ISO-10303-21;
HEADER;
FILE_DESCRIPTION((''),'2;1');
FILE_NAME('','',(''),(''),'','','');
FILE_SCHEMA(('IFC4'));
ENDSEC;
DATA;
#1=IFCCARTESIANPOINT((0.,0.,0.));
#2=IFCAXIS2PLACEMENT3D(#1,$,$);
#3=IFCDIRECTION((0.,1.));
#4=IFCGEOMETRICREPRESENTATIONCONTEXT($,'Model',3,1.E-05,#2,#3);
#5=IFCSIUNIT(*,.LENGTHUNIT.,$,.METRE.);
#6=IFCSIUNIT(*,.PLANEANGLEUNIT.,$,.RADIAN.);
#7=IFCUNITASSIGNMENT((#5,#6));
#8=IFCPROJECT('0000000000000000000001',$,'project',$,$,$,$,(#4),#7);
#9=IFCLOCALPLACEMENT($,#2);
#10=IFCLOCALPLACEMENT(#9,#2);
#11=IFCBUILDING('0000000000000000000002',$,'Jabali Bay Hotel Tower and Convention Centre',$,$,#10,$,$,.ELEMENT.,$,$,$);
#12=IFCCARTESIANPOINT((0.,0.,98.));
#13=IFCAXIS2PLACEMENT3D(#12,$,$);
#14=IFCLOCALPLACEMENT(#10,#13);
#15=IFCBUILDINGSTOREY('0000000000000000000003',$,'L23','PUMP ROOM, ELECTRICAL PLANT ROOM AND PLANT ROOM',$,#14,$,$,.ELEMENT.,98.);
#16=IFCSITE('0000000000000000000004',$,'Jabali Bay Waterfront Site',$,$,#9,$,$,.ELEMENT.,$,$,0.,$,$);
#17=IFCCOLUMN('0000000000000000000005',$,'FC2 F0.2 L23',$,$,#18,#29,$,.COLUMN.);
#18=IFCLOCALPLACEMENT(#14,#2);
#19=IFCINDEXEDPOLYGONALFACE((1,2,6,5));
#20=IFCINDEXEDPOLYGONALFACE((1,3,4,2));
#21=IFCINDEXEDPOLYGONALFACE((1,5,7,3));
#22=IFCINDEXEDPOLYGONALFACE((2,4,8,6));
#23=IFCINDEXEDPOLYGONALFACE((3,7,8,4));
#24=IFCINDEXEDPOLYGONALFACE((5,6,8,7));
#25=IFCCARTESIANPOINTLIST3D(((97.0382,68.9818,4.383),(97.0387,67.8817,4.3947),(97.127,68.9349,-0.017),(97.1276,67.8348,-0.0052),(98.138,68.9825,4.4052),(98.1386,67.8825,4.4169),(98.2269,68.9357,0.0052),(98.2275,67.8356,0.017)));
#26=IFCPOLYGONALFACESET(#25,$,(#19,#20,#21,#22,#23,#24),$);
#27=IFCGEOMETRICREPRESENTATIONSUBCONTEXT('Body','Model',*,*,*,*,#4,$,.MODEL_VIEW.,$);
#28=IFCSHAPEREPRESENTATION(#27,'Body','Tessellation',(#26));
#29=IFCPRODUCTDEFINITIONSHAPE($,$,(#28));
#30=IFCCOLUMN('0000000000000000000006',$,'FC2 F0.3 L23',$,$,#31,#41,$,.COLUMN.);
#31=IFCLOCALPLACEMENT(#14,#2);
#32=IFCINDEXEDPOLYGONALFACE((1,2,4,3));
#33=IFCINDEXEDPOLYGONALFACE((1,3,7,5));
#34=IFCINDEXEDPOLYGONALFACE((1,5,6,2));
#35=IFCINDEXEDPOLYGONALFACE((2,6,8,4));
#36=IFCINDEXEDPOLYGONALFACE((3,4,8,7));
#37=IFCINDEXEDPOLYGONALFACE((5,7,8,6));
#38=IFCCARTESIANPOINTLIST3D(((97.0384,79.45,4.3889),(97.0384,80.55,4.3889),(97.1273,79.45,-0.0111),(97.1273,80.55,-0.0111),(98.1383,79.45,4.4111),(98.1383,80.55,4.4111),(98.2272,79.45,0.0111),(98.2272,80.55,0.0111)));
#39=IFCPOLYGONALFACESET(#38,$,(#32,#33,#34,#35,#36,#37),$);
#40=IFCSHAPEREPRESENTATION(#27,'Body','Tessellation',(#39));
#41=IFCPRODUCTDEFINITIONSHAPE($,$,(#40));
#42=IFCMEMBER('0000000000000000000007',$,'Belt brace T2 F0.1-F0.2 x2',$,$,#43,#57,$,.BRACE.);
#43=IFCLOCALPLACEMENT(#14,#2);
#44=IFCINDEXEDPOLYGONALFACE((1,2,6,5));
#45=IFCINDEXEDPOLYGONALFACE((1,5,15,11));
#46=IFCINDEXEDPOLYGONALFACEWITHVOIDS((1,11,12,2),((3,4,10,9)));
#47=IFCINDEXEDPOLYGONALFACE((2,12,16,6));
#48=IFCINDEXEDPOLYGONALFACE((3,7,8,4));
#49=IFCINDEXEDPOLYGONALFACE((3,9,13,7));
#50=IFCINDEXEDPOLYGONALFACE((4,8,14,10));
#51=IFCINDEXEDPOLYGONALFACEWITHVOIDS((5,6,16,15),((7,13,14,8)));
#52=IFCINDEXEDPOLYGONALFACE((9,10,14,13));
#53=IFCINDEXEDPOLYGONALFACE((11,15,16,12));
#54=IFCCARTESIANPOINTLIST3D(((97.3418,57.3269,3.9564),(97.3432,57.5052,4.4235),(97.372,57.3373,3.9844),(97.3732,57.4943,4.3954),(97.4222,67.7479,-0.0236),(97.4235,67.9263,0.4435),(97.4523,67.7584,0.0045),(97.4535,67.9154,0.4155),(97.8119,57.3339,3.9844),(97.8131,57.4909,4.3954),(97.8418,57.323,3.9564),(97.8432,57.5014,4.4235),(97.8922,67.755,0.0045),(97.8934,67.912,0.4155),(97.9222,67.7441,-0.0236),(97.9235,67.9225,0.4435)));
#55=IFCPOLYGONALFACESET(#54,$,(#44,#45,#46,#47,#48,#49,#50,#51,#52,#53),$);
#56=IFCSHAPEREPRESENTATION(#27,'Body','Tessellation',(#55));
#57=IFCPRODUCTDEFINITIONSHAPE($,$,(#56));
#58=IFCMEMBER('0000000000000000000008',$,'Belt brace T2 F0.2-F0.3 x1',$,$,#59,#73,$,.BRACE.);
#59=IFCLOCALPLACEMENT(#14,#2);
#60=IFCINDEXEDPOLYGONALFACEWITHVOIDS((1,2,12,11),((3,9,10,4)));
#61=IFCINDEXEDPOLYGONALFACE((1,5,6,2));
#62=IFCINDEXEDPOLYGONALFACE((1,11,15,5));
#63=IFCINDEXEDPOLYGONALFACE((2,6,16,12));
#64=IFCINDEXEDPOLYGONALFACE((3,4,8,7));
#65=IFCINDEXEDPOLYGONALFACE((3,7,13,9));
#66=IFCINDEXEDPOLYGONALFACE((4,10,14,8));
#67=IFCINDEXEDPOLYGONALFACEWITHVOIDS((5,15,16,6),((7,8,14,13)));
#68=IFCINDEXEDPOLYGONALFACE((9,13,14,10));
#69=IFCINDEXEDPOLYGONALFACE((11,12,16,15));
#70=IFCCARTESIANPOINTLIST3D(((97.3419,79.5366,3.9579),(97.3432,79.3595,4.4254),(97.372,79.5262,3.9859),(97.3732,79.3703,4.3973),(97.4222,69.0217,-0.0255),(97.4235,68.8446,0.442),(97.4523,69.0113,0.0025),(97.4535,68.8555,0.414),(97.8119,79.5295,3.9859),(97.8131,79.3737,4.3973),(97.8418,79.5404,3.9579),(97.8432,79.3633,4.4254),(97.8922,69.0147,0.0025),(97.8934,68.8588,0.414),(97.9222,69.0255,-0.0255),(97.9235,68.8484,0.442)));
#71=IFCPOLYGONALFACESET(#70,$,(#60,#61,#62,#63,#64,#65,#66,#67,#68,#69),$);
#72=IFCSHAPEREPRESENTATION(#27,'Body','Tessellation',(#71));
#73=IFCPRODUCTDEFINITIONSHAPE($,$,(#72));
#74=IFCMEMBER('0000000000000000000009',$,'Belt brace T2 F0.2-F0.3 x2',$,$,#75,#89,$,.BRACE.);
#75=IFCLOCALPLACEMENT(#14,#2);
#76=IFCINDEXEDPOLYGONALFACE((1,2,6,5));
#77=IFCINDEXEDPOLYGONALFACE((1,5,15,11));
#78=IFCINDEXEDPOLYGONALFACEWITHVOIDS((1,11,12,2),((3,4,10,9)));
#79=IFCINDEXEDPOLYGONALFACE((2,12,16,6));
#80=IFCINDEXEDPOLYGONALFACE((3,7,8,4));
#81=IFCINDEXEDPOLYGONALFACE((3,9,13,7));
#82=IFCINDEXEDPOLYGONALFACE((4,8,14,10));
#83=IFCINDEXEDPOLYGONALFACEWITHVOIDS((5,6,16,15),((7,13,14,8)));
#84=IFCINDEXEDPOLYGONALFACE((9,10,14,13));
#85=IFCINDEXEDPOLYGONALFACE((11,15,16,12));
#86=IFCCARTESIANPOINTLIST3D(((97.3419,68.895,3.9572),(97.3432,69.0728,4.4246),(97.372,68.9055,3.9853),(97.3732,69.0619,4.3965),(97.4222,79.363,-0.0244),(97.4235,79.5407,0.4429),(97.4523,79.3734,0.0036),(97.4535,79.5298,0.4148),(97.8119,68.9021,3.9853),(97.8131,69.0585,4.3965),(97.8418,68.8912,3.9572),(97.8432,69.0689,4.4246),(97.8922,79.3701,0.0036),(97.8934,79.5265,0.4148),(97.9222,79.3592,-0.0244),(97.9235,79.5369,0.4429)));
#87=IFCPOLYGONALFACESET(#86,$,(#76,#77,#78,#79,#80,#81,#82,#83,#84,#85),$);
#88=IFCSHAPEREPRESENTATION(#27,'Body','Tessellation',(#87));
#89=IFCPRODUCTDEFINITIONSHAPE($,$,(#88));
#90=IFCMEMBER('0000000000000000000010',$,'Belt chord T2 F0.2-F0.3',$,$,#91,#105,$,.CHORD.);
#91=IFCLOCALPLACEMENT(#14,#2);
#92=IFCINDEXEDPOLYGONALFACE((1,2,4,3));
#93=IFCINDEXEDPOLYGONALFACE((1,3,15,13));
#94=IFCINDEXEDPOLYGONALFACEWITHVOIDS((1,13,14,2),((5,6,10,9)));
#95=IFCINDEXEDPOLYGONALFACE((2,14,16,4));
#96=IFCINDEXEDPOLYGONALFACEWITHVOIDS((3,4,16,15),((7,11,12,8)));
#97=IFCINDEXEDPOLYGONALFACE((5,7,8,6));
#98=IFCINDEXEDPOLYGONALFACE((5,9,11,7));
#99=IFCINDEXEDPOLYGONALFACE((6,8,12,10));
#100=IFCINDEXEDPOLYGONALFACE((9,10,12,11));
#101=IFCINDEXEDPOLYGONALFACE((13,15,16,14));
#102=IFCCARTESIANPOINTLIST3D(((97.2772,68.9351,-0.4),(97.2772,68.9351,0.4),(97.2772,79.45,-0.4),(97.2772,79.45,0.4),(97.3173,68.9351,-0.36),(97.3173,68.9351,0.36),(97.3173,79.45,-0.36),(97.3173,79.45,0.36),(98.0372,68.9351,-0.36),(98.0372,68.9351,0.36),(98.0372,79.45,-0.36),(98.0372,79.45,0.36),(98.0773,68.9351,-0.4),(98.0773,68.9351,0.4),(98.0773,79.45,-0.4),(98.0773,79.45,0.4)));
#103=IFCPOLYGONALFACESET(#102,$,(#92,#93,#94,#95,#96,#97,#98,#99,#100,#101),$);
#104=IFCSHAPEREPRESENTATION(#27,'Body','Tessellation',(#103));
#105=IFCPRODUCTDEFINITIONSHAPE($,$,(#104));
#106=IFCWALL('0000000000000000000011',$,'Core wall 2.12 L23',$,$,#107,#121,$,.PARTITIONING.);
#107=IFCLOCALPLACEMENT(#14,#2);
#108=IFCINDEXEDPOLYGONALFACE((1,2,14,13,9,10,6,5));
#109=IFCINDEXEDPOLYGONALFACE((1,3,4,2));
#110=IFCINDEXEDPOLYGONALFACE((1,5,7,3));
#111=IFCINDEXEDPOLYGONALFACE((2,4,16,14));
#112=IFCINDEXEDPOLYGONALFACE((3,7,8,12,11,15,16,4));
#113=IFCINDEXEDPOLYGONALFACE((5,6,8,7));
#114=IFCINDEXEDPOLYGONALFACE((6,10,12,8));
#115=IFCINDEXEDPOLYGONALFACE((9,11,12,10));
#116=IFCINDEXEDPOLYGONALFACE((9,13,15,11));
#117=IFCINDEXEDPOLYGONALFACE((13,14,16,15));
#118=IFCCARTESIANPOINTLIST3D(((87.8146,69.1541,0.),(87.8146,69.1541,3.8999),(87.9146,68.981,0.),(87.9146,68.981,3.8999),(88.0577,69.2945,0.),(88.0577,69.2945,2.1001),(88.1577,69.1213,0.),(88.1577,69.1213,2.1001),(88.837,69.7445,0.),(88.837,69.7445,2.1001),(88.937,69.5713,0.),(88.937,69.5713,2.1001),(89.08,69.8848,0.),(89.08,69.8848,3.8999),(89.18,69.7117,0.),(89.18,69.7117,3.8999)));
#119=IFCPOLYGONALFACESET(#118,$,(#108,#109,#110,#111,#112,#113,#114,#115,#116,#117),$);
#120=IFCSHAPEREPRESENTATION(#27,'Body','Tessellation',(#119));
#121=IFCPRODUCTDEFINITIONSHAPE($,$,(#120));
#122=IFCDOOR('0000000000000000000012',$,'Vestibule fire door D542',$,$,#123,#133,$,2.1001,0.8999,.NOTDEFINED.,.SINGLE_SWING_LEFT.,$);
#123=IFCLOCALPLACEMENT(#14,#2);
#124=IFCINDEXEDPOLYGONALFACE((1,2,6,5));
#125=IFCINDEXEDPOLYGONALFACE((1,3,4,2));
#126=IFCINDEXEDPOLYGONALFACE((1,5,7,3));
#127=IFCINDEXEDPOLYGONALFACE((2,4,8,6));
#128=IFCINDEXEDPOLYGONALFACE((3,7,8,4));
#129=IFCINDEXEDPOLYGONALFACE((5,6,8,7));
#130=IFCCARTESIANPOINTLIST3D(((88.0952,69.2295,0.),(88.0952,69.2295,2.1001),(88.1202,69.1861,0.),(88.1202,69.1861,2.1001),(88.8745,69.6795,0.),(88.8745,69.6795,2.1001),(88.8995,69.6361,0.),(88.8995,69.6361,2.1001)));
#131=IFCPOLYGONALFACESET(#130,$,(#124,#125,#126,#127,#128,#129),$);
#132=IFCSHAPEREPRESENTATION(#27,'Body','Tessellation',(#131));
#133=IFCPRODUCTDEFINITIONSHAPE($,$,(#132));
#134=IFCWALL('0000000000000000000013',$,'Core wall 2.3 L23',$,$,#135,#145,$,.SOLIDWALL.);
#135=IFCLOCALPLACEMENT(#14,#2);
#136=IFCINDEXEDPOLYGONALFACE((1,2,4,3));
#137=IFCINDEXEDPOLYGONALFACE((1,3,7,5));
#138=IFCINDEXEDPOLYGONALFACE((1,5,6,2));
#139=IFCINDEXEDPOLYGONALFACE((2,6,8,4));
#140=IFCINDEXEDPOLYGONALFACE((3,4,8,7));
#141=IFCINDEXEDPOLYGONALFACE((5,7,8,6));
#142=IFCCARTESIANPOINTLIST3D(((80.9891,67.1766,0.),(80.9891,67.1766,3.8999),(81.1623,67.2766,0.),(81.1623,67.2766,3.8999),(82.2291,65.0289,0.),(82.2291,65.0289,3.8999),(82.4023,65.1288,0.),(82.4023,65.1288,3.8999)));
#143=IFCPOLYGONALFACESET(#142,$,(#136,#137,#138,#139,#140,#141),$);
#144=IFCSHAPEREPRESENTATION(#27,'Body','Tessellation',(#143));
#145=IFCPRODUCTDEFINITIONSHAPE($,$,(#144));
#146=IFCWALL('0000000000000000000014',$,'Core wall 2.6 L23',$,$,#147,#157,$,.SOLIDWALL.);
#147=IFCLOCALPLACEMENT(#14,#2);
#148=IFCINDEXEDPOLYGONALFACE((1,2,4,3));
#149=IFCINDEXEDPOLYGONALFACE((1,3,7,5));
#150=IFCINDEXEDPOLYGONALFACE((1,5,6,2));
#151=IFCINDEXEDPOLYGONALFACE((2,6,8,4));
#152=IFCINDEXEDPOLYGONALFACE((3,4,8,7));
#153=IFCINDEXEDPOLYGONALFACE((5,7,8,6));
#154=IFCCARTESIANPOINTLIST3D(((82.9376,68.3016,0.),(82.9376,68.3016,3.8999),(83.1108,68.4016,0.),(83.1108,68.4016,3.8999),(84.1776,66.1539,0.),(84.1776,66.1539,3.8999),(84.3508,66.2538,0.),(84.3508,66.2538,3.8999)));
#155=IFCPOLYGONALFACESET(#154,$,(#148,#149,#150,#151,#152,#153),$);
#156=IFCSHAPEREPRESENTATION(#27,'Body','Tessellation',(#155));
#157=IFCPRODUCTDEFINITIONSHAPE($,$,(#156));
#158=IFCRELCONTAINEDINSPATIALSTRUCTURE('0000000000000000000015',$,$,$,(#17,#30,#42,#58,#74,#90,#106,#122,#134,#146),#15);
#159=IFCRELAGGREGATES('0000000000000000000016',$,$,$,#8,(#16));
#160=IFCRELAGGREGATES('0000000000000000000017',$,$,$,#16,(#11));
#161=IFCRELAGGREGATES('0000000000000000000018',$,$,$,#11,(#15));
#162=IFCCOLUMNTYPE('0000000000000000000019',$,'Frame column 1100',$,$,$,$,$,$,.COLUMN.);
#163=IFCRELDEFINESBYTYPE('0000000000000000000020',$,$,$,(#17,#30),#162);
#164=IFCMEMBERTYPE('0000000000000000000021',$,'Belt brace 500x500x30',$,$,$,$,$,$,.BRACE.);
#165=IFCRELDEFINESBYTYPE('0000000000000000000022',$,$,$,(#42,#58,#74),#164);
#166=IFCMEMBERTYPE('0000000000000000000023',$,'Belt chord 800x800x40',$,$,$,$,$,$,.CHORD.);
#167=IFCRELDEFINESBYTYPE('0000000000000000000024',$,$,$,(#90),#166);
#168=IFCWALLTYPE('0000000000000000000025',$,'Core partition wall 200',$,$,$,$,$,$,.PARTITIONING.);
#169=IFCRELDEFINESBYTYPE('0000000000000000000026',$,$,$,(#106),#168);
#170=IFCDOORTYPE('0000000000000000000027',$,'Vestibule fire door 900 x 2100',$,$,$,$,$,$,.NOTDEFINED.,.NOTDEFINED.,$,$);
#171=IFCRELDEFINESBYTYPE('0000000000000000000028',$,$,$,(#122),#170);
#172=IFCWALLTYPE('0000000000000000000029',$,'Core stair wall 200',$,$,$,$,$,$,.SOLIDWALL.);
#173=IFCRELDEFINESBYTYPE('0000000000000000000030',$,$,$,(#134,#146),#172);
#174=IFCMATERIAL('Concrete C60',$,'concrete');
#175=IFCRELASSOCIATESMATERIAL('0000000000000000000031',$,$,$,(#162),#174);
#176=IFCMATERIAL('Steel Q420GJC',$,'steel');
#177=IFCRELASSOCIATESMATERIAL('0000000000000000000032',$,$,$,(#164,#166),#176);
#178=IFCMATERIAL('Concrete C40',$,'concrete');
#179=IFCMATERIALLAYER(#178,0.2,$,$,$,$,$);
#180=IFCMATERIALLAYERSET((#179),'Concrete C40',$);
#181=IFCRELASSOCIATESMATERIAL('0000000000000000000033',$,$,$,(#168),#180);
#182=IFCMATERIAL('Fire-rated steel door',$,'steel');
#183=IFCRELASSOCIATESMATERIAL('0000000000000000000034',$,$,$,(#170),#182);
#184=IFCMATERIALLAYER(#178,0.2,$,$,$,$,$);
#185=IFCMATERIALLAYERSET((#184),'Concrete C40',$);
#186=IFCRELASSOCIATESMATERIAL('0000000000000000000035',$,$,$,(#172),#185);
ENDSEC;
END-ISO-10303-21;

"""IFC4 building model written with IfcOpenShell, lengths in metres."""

from ifc_helpers import new_model, si_unit, direction, frame, frame_2d, origin, origin_2d, place, context, subcontext, project, spatial, rectangle, hollow_rectangle, extrude, material, layer, layer_set, material_profile, profile_set, type_object, element, fill, save


model = new_model("IFC4")

# Units and contexts
model_context = context("Model", 3, precision=1e-05, world=origin(), true_north=direction((0.0, 1.0)))
body_context = subcontext(model_context, "Body", "Model", "MODEL_VIEW")
ifc_project = project(units=[si_unit("LENGTHUNIT", "METRE"), si_unit("PLANEANGLEUNIT", "RADIAN")], contexts=[model_context])

# Site, building, storey
site_placement = place(None, origin())
site = spatial("IfcSite", under=ifc_project, at=site_placement, Name="Jabali Bay Waterfront Site", CompositionType="ELEMENT", RefElevation=0.0)
building_placement = place(site_placement, origin())
building = spatial("IfcBuilding", under=site, at=building_placement, Name="Jabali Bay Hotel Tower and Convention Centre", CompositionType="ELEMENT")
storey_placement = place(building_placement, frame((0.0, 0.0, 98.0)))
storey = spatial("IfcBuildingStorey", under=building, at=storey_placement, Name="L23", Description="PUMP ROOM, ELECTRICAL PLANT ROOM AND PLANT ROOM", CompositionType="ELEMENT", Elevation=98.0)

# Columns
ifc_material_1 = material(Name="Concrete C60", Category="concrete")
ifc_material_profile_1 = material_profile(ifc_material_1, rectangle(XDim=1.1001, YDim=1.1001, at=origin_2d()), Name="Frame column 1100")
ifc_profile_set_1 = profile_set([ifc_material_profile_1], Name="Concrete C60")
column_type = type_object("IfcColumnType", Name="Frame column 1100", PredefinedType="COLUMN", material=ifc_profile_set_1)
column_1_placement = place(storey_placement, frame((97.6772, 68.3853, 0.0), z_axis=(-0.020192, 0.010651, 0.999739), x_axis=(0.000492, -0.999943, 0.010663)))
element("IfcColumn", 1, at=column_1_placement, inside=storey, type_object=column_type, Name="FC2 F0.2 L23", PredefinedType="COLUMN", context=body_context, shape_type="SweptSolid", body=[
    extrude(rectangle(XDim=1.1001, YDim=1.1001, at=origin_2d()), origin(), (0.0, 0.0, 1.0), 4.4011),
])
column_2_placement = place(storey_placement, frame((97.6772, 80.0, 0.0), z_axis=(-0.020193, 0.0, 0.999796), x_axis=(0.0, -1.0, 0.0)))
element("IfcColumn", 2, at=column_2_placement, inside=storey, type_object=column_type, Name="FC2 F0.3 L23", PredefinedType="COLUMN", context=body_context, shape_type="SweptSolid", body=[
    extrude(rectangle(XDim=1.1001, YDim=1.1001, at=origin_2d()), origin(), (0.0, 0.0, 1.0), 4.4009),
])

# Members
ifc_material_2 = material(Name="Steel Q420GJC", Category="steel")
ifc_material_profile_2 = material_profile(ifc_material_2, hollow_rectangle(XDim=0.5, YDim=0.5, WallThickness=0.03, at=origin_2d()), Name="Belt brace 500x500x30")
ifc_profile_set_2 = profile_set([ifc_material_profile_2], Name="Steel Q420GJC")
member_type_1 = type_object("IfcMemberType", Name="Belt brace 500x500x30", PredefinedType="BRACE", material=ifc_profile_set_2)
member_1_placement = place(storey_placement, frame((97.6729, 67.8352, 0.21), z_axis=(-0.0072, -0.934164, 0.35677), x_axis=(0.99997, -0.007707, 0.0)))
element("IfcMember", 3, at=member_1_placement, inside=storey, type_object=member_type_1, Name="Belt brace T2 F0.1-F0.2 x2", PredefinedType="BRACE", context=body_context, shape_type="SweptSolid", body=[
    extrude(hollow_rectangle(XDim=0.5, YDim=0.5, WallThickness=0.03, at=origin_2d()), origin(), (0.0, 0.0, 1.0), 11.1555),
])
member_2_placement = place(storey_placement, frame((97.6729, 68.9351, 0.2083), z_axis=(-0.007143, 0.935121, 0.354256), x_axis=(-0.999971, -0.007639, 0.0)))
element("IfcMember", 4, at=member_2_placement, inside=storey, type_object=member_type_1, Name="Belt brace T2 F0.2-F0.3 x1", PredefinedType="BRACE", context=body_context, shape_type="SweptSolid", body=[
    extrude(hollow_rectangle(XDim=0.5, YDim=0.5, WallThickness=0.03, at=origin_2d()), origin(), (0.0, 0.0, 1.0), 11.2444),
])
member_3_placement = place(storey_placement, frame((97.6729, 79.45, 0.2092), z_axis=(-0.007172, -0.934646, 0.355508), x_axis=(0.999971, -0.007673, 0.0)))
element("IfcMember", 5, at=member_3_placement, inside=storey, type_object=member_type_1, Name="Belt brace T2 F0.2-F0.3 x2", PredefinedType="BRACE", context=body_context, shape_type="SweptSolid", body=[
    extrude(hollow_rectangle(XDim=0.5, YDim=0.5, WallThickness=0.03, at=origin_2d()), origin(), (0.0, 0.0, 1.0), 11.2),
])
ifc_material_profile_3 = material_profile(ifc_material_2, hollow_rectangle(XDim=0.8, YDim=0.8, WallThickness=0.04, at=origin_2d()), Name="Belt chord 800x800x40")
ifc_profile_set_3 = profile_set([ifc_material_profile_3], Name="Steel Q420GJC")
member_type_2 = type_object("IfcMemberType", Name="Belt chord 800x800x40", PredefinedType="CHORD", material=ifc_profile_set_3)
member_4_placement = place(storey_placement, frame((97.6772, 68.9351, 0.0), z_axis=(0.0, 1.0, 0.0), x_axis=(-1.0, 0.0, 0.0)))
element("IfcMember", 6, at=member_4_placement, inside=storey, type_object=member_type_2, Name="Belt chord T2 F0.2-F0.3", PredefinedType="CHORD", context=body_context, shape_type="SweptSolid", body=[
    extrude(hollow_rectangle(XDim=0.8, YDim=0.8, WallThickness=0.04, at=origin_2d()), origin(), (0.0, 0.0, 1.0), 10.5149),
])

# Wall, opening, door
ifc_material_3 = material(Name="Concrete C40", Category="concrete")
ifc_layer_1 = layer(ifc_material_3, 0.2)
ifc_layer_set_1 = layer_set([ifc_layer_1], Name="Concrete C40")
wall_type_1 = type_object("IfcWallType", Name="Core partition wall 200", PredefinedType="PARTITIONING", material=ifc_layer_set_1)
wall_1_placement = place(storey_placement, frame((87.8647, 69.0676, 0.0), z_axis=(0.0, 0.0, 1.0), x_axis=(0.865982, 0.500074, 0.0)))
wall_1 = element("IfcWall", 7, at=wall_1_placement, inside=storey, type_object=wall_type_1, Name="Core wall 2.12 L23", PredefinedType="PARTITIONING", context=body_context, shape_type="SweptSolid", body=[
    extrude(rectangle(XDim=1.4612, YDim=0.2, at=frame_2d((0.7305, 0.0))), origin(), (0.0, 0.0, 1.0), 3.8999),
])
opening_1_placement = place(wall_1_placement, frame((0.2805, 0.0, 0.0)))
opening_1 = element("IfcOpeningElement", 8, at=opening_1_placement, cuts=wall_1, PredefinedType="OPENING", context=body_context, shape_type="SweptSolid", body=[
    extrude(rectangle(XDim=0.8999, YDim=2.1001, at=frame_2d((0.45, 1.05))), frame((0.0, 0.1104, 0.0), z_axis=(0.0, -1.0, 0.0), x_axis=(1.0, 0.0, 0.0)), (0.0, 0.0, 1.0), 0.2209),
])
ifc_material_4 = material(Name="Fire-rated steel door", Category="steel")
door_type_1 = type_object("IfcDoorType", Name="Vestibule fire door 900 x 2100", OperationType="NOTDEFINED", PredefinedType="NOTDEFINED", material=ifc_material_4)
door_1_placement = place(opening_1_placement, origin())
door_1 = element("IfcDoor", 9, at=door_1_placement, inside=storey, type_object=door_type_1, Name="Vestibule fire door D542", OperationType="SINGLE_SWING_LEFT", OverallHeight=2.1001, OverallWidth=0.8999, PredefinedType="NOTDEFINED", context=body_context, shape_type="SweptSolid", body=[
    extrude(rectangle(XDim=0.8999, YDim=2.1001, at=frame_2d((0.45, 1.05))), frame((0.0, 0.0249, 0.0), z_axis=(0.0, -1.0, 0.0), x_axis=(1.0, 0.0, 0.0)), (0.0, 0.0, 1.0), 0.05),
])
fill(opening_1, door_1)

# Walls
ifc_layer_2 = layer(ifc_material_3, 0.2)
ifc_layer_set_2 = layer_set([ifc_layer_2], Name="Concrete C40")
wall_type_2 = type_object("IfcWallType", Name="Core stair wall 200", PredefinedType="SOLIDWALL", material=ifc_layer_set_2)
for number, where, z_axis, x_axis, name in (
    (10, (81.0757, 67.2266, 0.0), (0.0, 0.0, 1.0), (0.500004, -0.866023, 0.0), "Core wall 2.3 L23"),
    (11, (83.0242, 68.3516, 0.0), (0.0, 0.0, 1.0), (0.500004, -0.866023, 0.0), "Core wall 2.6 L23"),
):
    element("IfcWall", number, at=place(storey_placement, frame(where, z_axis=z_axis, x_axis=x_axis)), inside=storey, type_object=wall_type_2, Name=name, PredefinedType="SOLIDWALL", context=body_context, shape_type="SweptSolid", body=[
        extrude(rectangle(XDim=2.48, YDim=0.2, at=frame_2d((1.24, 0.0))), origin(), (0.0, 0.0, 1.0), 3.8999),
    ])

save(model, "model.ifc")
